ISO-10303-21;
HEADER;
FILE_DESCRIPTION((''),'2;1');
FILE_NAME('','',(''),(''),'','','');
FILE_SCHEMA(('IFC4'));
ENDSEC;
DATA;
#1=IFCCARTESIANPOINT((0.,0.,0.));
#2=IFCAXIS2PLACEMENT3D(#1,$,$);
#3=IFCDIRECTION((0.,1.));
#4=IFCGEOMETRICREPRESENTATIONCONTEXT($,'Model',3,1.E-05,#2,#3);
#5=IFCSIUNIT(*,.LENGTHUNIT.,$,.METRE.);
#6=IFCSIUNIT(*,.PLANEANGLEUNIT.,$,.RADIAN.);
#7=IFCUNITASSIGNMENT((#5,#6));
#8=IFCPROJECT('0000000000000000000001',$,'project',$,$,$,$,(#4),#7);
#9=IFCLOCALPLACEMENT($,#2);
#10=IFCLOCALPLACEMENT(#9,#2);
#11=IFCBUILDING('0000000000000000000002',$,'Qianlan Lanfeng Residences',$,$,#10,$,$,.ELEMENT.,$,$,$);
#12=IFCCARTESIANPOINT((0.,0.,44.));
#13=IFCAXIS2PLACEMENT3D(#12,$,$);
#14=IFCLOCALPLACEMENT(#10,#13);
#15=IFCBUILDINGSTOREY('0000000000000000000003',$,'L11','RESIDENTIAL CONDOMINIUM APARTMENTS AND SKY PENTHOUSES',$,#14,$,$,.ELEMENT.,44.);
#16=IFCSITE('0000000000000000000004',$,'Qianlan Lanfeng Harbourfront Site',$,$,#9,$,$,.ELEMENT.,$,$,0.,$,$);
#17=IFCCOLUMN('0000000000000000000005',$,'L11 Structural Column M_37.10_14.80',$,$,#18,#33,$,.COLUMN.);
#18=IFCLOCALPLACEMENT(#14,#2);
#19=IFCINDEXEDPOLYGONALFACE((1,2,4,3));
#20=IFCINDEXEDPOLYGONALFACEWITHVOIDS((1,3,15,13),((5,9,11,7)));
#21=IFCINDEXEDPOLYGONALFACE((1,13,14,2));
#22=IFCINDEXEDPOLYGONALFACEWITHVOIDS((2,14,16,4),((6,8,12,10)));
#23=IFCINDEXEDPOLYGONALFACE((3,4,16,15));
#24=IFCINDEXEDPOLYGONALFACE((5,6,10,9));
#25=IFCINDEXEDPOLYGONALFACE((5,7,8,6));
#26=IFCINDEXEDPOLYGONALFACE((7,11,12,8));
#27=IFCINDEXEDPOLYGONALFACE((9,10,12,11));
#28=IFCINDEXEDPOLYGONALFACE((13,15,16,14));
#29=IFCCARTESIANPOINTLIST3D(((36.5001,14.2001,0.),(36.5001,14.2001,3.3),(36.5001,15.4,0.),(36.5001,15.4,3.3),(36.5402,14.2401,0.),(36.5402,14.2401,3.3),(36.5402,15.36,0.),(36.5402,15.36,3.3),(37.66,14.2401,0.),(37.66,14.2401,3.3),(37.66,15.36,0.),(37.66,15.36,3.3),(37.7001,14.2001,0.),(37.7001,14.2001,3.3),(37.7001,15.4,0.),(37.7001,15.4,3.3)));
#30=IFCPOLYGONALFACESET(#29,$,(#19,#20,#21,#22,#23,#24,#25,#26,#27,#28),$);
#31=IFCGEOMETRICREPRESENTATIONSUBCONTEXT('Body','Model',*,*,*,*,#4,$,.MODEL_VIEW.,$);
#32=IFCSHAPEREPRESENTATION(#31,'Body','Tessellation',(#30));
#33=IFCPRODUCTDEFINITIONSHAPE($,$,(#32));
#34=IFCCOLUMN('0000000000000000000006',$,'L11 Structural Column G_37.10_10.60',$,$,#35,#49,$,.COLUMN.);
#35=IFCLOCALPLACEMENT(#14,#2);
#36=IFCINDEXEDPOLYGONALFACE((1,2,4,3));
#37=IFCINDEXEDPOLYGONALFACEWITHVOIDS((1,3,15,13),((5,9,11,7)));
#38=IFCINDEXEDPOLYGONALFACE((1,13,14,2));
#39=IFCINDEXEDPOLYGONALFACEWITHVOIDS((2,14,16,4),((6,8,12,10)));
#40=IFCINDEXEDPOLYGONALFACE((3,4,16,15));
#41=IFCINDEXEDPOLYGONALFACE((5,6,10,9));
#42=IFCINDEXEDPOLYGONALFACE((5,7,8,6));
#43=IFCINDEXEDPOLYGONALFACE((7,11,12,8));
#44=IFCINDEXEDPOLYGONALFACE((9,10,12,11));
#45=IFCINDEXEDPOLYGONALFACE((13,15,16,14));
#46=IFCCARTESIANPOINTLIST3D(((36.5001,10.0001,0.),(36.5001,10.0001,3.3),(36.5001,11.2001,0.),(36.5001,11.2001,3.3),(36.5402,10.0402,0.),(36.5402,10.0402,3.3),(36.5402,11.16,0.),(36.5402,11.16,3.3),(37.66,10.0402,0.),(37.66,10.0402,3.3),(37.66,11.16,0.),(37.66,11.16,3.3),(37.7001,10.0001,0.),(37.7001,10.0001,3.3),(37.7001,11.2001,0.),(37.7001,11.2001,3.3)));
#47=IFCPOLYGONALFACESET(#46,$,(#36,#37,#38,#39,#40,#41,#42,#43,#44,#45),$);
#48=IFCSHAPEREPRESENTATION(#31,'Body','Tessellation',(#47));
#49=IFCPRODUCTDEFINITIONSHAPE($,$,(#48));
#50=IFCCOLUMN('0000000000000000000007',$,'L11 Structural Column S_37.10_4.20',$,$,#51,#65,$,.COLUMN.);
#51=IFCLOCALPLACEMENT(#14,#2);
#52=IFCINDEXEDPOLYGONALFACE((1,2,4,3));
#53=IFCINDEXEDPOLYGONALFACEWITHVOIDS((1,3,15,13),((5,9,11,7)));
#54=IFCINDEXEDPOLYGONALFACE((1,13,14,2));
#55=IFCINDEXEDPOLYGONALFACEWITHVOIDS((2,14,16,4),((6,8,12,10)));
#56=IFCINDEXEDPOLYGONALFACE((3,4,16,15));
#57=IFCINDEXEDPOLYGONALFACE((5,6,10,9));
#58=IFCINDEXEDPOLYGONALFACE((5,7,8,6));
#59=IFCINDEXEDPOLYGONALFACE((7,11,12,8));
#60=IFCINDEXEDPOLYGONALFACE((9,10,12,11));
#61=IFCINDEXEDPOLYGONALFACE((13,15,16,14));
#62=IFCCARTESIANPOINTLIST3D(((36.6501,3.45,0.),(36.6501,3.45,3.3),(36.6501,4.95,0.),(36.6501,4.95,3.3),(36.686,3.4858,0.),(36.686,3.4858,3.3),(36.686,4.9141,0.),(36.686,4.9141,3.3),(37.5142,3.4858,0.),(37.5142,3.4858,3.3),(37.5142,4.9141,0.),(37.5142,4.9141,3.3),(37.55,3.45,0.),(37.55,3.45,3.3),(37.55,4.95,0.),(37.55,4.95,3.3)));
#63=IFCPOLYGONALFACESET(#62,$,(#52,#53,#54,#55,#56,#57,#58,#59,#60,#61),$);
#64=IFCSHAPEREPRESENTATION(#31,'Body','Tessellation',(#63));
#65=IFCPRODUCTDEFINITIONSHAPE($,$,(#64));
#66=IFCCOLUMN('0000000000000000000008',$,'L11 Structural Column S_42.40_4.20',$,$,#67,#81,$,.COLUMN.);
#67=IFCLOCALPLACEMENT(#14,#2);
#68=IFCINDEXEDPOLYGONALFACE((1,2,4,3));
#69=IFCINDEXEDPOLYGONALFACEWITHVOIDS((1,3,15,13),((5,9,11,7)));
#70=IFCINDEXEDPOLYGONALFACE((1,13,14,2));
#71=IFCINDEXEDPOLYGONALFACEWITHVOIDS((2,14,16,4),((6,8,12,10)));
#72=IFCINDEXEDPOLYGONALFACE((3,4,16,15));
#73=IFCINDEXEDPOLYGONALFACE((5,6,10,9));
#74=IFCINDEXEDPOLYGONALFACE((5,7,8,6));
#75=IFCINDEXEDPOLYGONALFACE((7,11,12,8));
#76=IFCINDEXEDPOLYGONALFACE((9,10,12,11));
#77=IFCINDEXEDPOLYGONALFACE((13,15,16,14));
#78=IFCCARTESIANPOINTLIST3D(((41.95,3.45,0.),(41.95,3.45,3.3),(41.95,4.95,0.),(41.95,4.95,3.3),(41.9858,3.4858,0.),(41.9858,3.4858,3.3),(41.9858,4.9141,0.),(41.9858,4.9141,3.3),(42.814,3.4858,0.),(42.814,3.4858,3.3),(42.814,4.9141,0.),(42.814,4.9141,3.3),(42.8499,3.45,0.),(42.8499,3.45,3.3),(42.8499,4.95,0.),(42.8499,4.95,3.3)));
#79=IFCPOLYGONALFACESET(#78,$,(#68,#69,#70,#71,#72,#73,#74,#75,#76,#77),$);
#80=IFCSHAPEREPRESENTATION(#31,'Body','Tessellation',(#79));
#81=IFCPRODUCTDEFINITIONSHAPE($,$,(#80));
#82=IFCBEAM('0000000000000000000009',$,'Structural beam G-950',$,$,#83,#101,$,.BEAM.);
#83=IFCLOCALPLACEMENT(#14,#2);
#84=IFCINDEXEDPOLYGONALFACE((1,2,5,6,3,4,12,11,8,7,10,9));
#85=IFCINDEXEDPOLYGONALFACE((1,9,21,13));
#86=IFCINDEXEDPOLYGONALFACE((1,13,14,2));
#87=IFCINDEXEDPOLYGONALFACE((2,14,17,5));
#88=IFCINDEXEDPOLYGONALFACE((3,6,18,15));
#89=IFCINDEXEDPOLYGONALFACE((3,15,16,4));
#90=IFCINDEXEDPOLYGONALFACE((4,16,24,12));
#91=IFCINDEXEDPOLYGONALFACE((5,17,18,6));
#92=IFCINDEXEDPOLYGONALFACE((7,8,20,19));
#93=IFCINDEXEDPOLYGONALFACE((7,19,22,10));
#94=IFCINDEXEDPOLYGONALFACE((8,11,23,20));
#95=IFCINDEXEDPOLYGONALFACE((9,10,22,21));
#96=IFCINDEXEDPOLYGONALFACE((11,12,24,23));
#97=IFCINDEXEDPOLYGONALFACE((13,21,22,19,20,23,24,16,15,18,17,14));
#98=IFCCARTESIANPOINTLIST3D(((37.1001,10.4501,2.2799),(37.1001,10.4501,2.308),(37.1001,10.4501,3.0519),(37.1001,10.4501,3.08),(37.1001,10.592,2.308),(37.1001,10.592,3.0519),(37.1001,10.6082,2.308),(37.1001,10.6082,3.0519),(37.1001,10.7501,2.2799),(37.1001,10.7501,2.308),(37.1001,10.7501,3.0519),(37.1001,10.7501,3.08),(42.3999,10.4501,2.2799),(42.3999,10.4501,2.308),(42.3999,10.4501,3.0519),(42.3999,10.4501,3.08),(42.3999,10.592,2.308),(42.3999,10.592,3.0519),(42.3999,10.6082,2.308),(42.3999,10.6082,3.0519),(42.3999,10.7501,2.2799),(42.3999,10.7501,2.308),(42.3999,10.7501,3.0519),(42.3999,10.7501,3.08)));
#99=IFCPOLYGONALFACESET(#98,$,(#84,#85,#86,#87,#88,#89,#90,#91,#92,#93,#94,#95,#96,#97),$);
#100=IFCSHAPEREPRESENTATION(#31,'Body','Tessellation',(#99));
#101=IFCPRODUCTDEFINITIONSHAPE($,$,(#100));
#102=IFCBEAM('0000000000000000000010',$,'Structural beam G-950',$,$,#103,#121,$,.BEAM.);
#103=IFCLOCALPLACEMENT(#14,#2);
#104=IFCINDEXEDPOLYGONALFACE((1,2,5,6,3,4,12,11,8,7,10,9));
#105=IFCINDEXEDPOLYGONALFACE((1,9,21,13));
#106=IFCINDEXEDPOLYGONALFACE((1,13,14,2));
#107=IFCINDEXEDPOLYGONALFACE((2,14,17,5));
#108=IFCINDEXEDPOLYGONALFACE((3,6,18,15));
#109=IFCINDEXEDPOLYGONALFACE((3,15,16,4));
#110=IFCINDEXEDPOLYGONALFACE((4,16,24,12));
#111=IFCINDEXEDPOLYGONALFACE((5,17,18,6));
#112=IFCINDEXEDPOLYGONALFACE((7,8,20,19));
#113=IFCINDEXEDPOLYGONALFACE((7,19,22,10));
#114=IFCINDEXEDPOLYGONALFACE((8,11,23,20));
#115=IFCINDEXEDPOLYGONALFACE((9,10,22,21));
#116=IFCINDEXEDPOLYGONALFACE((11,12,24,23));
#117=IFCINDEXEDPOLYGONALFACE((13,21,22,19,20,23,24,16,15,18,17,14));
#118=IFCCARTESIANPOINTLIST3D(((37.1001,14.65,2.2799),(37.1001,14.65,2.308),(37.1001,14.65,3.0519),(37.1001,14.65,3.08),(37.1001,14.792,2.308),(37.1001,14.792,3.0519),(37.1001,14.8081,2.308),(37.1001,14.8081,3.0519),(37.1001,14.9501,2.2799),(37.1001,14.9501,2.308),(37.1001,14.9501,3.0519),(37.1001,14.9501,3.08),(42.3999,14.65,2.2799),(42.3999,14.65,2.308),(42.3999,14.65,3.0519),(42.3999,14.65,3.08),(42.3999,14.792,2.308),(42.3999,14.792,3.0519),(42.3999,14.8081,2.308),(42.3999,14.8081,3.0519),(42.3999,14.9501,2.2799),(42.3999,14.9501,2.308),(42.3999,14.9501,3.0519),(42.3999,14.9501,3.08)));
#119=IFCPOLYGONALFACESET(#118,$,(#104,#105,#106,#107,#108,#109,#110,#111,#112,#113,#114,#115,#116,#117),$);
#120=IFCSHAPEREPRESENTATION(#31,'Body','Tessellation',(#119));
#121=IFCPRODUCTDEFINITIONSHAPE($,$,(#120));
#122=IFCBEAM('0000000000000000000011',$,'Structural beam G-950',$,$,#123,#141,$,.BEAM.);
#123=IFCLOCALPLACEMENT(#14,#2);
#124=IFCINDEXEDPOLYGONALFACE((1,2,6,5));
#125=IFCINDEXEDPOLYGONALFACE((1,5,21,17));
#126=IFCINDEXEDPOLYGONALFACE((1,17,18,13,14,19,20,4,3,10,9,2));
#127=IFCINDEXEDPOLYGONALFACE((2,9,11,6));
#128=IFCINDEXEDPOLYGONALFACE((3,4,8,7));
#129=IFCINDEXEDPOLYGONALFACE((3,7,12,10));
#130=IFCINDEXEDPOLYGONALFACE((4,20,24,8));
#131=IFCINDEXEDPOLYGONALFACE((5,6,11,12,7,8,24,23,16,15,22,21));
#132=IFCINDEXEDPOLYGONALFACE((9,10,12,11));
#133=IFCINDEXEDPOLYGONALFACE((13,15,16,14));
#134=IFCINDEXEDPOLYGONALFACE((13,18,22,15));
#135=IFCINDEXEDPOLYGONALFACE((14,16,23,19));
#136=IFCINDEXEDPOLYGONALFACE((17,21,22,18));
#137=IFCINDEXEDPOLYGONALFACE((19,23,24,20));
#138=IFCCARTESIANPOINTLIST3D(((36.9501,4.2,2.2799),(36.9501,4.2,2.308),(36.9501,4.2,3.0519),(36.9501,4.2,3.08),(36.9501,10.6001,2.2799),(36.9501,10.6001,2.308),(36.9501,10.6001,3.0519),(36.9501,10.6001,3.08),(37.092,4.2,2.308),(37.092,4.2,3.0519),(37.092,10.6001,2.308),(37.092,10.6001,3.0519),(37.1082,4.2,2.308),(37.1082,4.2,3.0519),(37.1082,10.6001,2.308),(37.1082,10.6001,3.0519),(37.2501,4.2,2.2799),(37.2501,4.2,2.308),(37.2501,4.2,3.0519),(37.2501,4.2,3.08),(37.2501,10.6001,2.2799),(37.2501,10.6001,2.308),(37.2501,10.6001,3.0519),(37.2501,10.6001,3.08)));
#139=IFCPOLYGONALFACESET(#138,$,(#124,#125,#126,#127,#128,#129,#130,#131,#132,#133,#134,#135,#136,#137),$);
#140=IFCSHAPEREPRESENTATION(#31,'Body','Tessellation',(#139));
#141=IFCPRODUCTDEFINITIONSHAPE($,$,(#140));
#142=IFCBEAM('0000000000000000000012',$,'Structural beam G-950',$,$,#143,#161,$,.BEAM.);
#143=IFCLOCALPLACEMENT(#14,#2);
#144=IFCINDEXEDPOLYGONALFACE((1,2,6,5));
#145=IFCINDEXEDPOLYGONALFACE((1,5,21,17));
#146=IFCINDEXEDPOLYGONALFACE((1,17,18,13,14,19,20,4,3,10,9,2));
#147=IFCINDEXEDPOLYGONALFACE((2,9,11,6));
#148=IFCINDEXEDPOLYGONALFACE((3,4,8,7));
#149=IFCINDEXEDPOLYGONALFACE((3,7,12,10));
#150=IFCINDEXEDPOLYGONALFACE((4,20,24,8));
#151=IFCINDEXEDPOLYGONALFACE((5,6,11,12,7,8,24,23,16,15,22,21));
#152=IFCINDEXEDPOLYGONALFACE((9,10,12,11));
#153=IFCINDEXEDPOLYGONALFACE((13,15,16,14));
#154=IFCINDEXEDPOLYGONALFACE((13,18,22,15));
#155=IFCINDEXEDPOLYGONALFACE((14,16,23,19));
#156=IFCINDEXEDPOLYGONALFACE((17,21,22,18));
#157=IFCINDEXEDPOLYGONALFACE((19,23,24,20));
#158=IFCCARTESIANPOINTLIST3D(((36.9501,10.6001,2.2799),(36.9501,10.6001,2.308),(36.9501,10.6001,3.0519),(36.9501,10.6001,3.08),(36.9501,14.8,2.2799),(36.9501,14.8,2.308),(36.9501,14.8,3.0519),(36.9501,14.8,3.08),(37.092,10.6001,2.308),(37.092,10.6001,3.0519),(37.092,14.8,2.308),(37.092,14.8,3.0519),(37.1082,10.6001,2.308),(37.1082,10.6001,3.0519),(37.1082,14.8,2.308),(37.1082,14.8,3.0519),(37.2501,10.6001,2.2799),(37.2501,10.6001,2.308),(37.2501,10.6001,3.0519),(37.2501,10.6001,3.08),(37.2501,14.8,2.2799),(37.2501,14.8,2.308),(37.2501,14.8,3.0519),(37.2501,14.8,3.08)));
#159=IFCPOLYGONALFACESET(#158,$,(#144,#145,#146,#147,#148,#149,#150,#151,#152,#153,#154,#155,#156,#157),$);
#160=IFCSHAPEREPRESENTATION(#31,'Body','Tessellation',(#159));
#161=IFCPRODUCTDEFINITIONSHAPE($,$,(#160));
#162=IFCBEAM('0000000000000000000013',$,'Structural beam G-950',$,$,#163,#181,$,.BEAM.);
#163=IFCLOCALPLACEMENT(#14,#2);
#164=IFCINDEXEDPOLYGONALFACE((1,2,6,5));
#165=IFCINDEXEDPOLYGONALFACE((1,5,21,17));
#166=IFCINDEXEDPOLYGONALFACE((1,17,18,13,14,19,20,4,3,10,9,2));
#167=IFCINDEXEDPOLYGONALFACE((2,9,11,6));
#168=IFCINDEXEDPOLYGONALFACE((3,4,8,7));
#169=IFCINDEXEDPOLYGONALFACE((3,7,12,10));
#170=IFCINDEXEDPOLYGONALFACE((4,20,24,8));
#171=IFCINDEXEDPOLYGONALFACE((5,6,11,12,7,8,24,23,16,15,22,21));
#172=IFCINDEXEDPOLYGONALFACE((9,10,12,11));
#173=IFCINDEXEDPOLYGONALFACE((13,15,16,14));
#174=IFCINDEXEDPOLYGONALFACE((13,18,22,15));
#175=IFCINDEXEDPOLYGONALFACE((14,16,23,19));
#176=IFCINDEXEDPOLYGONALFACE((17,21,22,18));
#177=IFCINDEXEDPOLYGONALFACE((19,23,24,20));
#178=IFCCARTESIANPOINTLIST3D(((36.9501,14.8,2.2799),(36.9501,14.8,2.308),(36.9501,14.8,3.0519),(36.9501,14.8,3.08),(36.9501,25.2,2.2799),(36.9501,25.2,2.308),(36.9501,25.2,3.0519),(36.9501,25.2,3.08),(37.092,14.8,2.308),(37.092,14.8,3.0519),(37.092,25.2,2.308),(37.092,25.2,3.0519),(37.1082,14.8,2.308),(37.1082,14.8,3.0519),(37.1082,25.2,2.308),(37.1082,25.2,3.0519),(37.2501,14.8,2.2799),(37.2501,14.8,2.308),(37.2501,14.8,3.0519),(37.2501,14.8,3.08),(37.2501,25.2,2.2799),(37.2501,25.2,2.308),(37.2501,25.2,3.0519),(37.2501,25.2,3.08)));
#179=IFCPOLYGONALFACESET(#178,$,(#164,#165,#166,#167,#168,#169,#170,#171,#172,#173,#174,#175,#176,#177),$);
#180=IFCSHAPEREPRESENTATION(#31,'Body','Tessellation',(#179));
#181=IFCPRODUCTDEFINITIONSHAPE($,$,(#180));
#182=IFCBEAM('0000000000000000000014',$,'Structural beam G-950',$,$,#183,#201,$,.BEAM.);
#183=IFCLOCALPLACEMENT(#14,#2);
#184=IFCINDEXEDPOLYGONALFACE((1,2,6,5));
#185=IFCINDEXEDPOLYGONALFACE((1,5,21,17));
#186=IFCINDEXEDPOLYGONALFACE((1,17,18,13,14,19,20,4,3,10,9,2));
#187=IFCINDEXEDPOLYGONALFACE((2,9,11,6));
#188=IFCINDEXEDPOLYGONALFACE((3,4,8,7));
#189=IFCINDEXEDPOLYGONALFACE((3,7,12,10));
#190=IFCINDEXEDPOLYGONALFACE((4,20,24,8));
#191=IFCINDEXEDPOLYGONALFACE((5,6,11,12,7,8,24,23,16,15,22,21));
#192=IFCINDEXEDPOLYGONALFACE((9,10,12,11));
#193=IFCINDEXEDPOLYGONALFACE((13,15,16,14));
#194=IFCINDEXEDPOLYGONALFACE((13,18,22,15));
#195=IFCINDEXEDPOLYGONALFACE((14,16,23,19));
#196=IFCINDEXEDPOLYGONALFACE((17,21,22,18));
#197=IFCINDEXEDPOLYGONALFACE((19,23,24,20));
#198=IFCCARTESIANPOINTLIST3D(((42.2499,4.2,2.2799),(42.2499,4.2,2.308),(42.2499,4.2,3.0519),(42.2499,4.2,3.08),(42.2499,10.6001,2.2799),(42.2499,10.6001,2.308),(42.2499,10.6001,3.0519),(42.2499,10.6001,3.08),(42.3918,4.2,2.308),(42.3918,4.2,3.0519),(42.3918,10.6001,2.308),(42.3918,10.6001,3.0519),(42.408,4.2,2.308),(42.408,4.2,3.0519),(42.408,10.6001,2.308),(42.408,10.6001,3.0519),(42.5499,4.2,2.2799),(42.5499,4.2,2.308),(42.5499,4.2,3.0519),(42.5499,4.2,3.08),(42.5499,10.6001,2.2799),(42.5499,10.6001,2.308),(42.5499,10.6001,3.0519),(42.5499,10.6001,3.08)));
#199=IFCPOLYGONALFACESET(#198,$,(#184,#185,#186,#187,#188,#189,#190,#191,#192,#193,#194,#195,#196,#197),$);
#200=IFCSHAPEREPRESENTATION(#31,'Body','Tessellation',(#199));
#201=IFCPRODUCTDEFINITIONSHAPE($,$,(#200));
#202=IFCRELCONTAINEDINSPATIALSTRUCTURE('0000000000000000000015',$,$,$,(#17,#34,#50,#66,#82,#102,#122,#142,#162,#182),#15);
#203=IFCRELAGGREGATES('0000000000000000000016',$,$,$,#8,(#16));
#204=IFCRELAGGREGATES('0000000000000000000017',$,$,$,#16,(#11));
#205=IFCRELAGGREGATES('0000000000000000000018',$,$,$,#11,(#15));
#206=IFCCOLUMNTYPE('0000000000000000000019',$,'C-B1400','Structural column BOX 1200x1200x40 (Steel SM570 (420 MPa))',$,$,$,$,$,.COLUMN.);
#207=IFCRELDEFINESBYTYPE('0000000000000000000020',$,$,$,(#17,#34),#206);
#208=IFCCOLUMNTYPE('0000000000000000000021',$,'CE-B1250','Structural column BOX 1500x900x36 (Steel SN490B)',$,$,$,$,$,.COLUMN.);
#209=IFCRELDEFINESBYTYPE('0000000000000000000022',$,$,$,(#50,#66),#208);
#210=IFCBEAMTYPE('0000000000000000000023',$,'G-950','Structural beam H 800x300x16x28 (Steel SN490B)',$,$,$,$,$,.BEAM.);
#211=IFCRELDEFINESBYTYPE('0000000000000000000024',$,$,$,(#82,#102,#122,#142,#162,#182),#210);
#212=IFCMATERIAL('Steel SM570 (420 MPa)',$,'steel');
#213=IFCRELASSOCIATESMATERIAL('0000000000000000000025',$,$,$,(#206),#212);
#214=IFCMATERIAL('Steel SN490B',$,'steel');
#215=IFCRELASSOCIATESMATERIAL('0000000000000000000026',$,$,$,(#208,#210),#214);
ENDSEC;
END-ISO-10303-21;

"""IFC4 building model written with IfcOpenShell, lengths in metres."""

from ifc_helpers import new_model, si_unit, direction, frame, origin, origin_2d, place, context, subcontext, project, spatial, hollow_rectangle, i_section, extrude, material, material_profile, profile_set, type_object, element, save


model = new_model("IFC4")

# Units and contexts
model_context = context("Model", 3, precision=1e-05, world=origin(), true_north=direction((0.0, 1.0)))
body_context = subcontext(model_context, "Body", "Model", "MODEL_VIEW")
ifc_project = project(units=[si_unit("LENGTHUNIT", "METRE"), si_unit("PLANEANGLEUNIT", "RADIAN")], contexts=[model_context])

# Site, building, storey
site_placement = place(None, origin())
site = spatial("IfcSite", under=ifc_project, at=site_placement, Name="Qianlan Lanfeng Harbourfront Site", CompositionType="ELEMENT", RefElevation=0.0)
building_placement = place(site_placement, origin())
building = spatial("IfcBuilding", under=site, at=building_placement, Name="Qianlan Lanfeng Residences", CompositionType="ELEMENT")
storey_placement = place(building_placement, frame((0.0, 0.0, 44.0)))
storey = spatial("IfcBuildingStorey", under=building, at=storey_placement, Name="L11", Description="RESIDENTIAL CONDOMINIUM APARTMENTS AND SKY PENTHOUSES", CompositionType="ELEMENT", Elevation=44.0)

# Columns
ifc_material_1 = material(Name="Steel SM570 (420 MPa)", Category="steel")
ifc_material_profile_1 = material_profile(ifc_material_1, hollow_rectangle(XDim=1.2, YDim=1.2, WallThickness=0.04, at=origin_2d()), Name="BOX 1200x1200x40")
ifc_profile_set_1 = profile_set([ifc_material_profile_1], Name="Steel SM570 (420 MPa)")
column_type_1 = type_object("IfcColumnType", Name="C-B1400", Description="Structural column BOX 1200x1200x40 (Steel SM570 (420 MPa))", PredefinedType="COLUMN", material=ifc_profile_set_1)
for number, where, z_axis, x_axis, name in (
    (1, (37.1001, 14.8, 0.0), (0.0, 0.0, 1.0), (1.0, 0.0, 0.0), "L11 Structural Column M_37.10_14.80"),
    (2, (37.1001, 10.6001, 0.0), (0.0, 0.0, 1.0), (1.0, 0.0, 0.0), "L11 Structural Column G_37.10_10.60"),
):
    element("IfcColumn", number, at=place(storey_placement, frame(where, z_axis=z_axis, x_axis=x_axis)), inside=storey, type_object=column_type_1, Name=name, PredefinedType="COLUMN", context=body_context, shape_type="SweptSolid", body=[
        extrude(hollow_rectangle(XDim=1.2, YDim=1.2, WallThickness=0.04, at=origin_2d()), origin(), (0.0, 0.0, 1.0), 3.3),
    ])
ifc_material_2 = material(Name="Steel SN490B", Category="steel")
ifc_material_profile_2 = material_profile(ifc_material_2, hollow_rectangle(XDim=0.8999, YDim=1.5, WallThickness=0.0359, at=origin_2d()), Name="BOX 1500x900x36")
ifc_profile_set_2 = profile_set([ifc_material_profile_2], Name="Steel SN490B")
column_type_2 = type_object("IfcColumnType", Name="CE-B1250", Description="Structural column BOX 1500x900x36 (Steel SN490B)", PredefinedType="COLUMN", material=ifc_profile_set_2)
for number, where, z_axis, x_axis, name in (
    (3, (37.1001, 4.2, 0.0), (0.0, 0.0, 1.0), (1.0, 0.0, 0.0), "L11 Structural Column S_37.10_4.20"),
    (4, (42.3999, 4.2, 0.0), (0.0, 0.0, 1.0), (1.0, 0.0, 0.0), "L11 Structural Column S_42.40_4.20"),
):
    element("IfcColumn", number, at=place(storey_placement, frame(where, z_axis=z_axis, x_axis=x_axis)), inside=storey, type_object=column_type_2, Name=name, PredefinedType="COLUMN", context=body_context, shape_type="SweptSolid", body=[
        extrude(hollow_rectangle(XDim=0.8999, YDim=1.5, WallThickness=0.0359, at=origin_2d()), origin(), (0.0, 0.0, 1.0), 3.3),
    ])

# Beams
ifc_material_profile_3 = material_profile(ifc_material_2, i_section(OverallWidth=0.3, OverallDepth=0.8, WebThickness=0.0161, FlangeThickness=0.0281, at=origin_2d()), Name="H 800x300x16x28")
ifc_profile_set_3 = profile_set([ifc_material_profile_3], Name="Steel SN490B")
beam_type_1 = type_object("IfcBeamType", Name="G-950", Description="Structural beam H 800x300x16x28 (Steel SN490B)", PredefinedType="BEAM", material=ifc_profile_set_3)
for number, where, z_axis, x_axis, name in (
    (5, (37.1001, 10.6001, 2.6799), (1.0, 0.0, 0.0), (0.0, 1.0, 0.0), "Structural beam G-950"),
    (6, (37.1001, 14.8, 2.6799), (1.0, 0.0, 0.0), (0.0, 1.0, 0.0), "Structural beam G-950"),
):
    element("IfcBeam", number, at=place(storey_placement, frame(where, z_axis=z_axis, x_axis=x_axis)), inside=storey, type_object=beam_type_1, Name=name, PredefinedType="BEAM", context=body_context, shape_type="SweptSolid", body=[
        extrude(i_section(OverallWidth=0.3, OverallDepth=0.8, WebThickness=0.0161, FlangeThickness=0.0281, at=origin_2d()), origin(), (0.0, 0.0, 1.0), 5.2998),
    ])
beam_1_placement = place(storey_placement, frame((37.1001, 4.2, 2.6799), z_axis=(0.0, 1.0, 0.0), x_axis=(-1.0, 0.0, 0.0)))
element("IfcBeam", 7, at=beam_1_placement, inside=storey, type_object=beam_type_1, Name="Structural beam G-950", PredefinedType="BEAM", context=body_context, shape_type="SweptSolid", body=[
    extrude(i_section(OverallWidth=0.3, OverallDepth=0.8, WebThickness=0.0161, FlangeThickness=0.0281, at=origin_2d()), origin(), (0.0, 0.0, 1.0), 6.4001),
])
beam_2_placement = place(storey_placement, frame((37.1001, 10.6001, 2.6799), z_axis=(0.0, 1.0, 0.0), x_axis=(-1.0, 0.0, 0.0)))
element("IfcBeam", 8, at=beam_2_placement, inside=storey, type_object=beam_type_1, Name="Structural beam G-950", PredefinedType="BEAM", context=body_context, shape_type="SweptSolid", body=[
    extrude(i_section(OverallWidth=0.3, OverallDepth=0.8, WebThickness=0.0161, FlangeThickness=0.0281, at=origin_2d()), origin(), (0.0, 0.0, 1.0), 4.2),
])
beam_3_placement = place(storey_placement, frame((37.1001, 14.8, 2.6799), z_axis=(0.0, 1.0, 0.0), x_axis=(-1.0, 0.0, 0.0)))
element("IfcBeam", 9, at=beam_3_placement, inside=storey, type_object=beam_type_1, Name="Structural beam G-950", PredefinedType="BEAM", context=body_context, shape_type="SweptSolid", body=[
    extrude(i_section(OverallWidth=0.3, OverallDepth=0.8, WebThickness=0.0161, FlangeThickness=0.0281, at=origin_2d()), origin(), (0.0, 0.0, 1.0), 10.3999),
])
beam_4_placement = place(storey_placement, frame((42.3999, 4.2, 2.6799), z_axis=(0.0, 1.0, 0.0), x_axis=(-1.0, 0.0, 0.0)))
element("IfcBeam", 10, at=beam_4_placement, inside=storey, type_object=beam_type_1, Name="Structural beam G-950", PredefinedType="BEAM", context=body_context, shape_type="SweptSolid", body=[
    extrude(i_section(OverallWidth=0.3, OverallDepth=0.8, WebThickness=0.0161, FlangeThickness=0.0281, at=origin_2d()), origin(), (0.0, 0.0, 1.0), 6.4001),
])

save(model, "model.ifc")
